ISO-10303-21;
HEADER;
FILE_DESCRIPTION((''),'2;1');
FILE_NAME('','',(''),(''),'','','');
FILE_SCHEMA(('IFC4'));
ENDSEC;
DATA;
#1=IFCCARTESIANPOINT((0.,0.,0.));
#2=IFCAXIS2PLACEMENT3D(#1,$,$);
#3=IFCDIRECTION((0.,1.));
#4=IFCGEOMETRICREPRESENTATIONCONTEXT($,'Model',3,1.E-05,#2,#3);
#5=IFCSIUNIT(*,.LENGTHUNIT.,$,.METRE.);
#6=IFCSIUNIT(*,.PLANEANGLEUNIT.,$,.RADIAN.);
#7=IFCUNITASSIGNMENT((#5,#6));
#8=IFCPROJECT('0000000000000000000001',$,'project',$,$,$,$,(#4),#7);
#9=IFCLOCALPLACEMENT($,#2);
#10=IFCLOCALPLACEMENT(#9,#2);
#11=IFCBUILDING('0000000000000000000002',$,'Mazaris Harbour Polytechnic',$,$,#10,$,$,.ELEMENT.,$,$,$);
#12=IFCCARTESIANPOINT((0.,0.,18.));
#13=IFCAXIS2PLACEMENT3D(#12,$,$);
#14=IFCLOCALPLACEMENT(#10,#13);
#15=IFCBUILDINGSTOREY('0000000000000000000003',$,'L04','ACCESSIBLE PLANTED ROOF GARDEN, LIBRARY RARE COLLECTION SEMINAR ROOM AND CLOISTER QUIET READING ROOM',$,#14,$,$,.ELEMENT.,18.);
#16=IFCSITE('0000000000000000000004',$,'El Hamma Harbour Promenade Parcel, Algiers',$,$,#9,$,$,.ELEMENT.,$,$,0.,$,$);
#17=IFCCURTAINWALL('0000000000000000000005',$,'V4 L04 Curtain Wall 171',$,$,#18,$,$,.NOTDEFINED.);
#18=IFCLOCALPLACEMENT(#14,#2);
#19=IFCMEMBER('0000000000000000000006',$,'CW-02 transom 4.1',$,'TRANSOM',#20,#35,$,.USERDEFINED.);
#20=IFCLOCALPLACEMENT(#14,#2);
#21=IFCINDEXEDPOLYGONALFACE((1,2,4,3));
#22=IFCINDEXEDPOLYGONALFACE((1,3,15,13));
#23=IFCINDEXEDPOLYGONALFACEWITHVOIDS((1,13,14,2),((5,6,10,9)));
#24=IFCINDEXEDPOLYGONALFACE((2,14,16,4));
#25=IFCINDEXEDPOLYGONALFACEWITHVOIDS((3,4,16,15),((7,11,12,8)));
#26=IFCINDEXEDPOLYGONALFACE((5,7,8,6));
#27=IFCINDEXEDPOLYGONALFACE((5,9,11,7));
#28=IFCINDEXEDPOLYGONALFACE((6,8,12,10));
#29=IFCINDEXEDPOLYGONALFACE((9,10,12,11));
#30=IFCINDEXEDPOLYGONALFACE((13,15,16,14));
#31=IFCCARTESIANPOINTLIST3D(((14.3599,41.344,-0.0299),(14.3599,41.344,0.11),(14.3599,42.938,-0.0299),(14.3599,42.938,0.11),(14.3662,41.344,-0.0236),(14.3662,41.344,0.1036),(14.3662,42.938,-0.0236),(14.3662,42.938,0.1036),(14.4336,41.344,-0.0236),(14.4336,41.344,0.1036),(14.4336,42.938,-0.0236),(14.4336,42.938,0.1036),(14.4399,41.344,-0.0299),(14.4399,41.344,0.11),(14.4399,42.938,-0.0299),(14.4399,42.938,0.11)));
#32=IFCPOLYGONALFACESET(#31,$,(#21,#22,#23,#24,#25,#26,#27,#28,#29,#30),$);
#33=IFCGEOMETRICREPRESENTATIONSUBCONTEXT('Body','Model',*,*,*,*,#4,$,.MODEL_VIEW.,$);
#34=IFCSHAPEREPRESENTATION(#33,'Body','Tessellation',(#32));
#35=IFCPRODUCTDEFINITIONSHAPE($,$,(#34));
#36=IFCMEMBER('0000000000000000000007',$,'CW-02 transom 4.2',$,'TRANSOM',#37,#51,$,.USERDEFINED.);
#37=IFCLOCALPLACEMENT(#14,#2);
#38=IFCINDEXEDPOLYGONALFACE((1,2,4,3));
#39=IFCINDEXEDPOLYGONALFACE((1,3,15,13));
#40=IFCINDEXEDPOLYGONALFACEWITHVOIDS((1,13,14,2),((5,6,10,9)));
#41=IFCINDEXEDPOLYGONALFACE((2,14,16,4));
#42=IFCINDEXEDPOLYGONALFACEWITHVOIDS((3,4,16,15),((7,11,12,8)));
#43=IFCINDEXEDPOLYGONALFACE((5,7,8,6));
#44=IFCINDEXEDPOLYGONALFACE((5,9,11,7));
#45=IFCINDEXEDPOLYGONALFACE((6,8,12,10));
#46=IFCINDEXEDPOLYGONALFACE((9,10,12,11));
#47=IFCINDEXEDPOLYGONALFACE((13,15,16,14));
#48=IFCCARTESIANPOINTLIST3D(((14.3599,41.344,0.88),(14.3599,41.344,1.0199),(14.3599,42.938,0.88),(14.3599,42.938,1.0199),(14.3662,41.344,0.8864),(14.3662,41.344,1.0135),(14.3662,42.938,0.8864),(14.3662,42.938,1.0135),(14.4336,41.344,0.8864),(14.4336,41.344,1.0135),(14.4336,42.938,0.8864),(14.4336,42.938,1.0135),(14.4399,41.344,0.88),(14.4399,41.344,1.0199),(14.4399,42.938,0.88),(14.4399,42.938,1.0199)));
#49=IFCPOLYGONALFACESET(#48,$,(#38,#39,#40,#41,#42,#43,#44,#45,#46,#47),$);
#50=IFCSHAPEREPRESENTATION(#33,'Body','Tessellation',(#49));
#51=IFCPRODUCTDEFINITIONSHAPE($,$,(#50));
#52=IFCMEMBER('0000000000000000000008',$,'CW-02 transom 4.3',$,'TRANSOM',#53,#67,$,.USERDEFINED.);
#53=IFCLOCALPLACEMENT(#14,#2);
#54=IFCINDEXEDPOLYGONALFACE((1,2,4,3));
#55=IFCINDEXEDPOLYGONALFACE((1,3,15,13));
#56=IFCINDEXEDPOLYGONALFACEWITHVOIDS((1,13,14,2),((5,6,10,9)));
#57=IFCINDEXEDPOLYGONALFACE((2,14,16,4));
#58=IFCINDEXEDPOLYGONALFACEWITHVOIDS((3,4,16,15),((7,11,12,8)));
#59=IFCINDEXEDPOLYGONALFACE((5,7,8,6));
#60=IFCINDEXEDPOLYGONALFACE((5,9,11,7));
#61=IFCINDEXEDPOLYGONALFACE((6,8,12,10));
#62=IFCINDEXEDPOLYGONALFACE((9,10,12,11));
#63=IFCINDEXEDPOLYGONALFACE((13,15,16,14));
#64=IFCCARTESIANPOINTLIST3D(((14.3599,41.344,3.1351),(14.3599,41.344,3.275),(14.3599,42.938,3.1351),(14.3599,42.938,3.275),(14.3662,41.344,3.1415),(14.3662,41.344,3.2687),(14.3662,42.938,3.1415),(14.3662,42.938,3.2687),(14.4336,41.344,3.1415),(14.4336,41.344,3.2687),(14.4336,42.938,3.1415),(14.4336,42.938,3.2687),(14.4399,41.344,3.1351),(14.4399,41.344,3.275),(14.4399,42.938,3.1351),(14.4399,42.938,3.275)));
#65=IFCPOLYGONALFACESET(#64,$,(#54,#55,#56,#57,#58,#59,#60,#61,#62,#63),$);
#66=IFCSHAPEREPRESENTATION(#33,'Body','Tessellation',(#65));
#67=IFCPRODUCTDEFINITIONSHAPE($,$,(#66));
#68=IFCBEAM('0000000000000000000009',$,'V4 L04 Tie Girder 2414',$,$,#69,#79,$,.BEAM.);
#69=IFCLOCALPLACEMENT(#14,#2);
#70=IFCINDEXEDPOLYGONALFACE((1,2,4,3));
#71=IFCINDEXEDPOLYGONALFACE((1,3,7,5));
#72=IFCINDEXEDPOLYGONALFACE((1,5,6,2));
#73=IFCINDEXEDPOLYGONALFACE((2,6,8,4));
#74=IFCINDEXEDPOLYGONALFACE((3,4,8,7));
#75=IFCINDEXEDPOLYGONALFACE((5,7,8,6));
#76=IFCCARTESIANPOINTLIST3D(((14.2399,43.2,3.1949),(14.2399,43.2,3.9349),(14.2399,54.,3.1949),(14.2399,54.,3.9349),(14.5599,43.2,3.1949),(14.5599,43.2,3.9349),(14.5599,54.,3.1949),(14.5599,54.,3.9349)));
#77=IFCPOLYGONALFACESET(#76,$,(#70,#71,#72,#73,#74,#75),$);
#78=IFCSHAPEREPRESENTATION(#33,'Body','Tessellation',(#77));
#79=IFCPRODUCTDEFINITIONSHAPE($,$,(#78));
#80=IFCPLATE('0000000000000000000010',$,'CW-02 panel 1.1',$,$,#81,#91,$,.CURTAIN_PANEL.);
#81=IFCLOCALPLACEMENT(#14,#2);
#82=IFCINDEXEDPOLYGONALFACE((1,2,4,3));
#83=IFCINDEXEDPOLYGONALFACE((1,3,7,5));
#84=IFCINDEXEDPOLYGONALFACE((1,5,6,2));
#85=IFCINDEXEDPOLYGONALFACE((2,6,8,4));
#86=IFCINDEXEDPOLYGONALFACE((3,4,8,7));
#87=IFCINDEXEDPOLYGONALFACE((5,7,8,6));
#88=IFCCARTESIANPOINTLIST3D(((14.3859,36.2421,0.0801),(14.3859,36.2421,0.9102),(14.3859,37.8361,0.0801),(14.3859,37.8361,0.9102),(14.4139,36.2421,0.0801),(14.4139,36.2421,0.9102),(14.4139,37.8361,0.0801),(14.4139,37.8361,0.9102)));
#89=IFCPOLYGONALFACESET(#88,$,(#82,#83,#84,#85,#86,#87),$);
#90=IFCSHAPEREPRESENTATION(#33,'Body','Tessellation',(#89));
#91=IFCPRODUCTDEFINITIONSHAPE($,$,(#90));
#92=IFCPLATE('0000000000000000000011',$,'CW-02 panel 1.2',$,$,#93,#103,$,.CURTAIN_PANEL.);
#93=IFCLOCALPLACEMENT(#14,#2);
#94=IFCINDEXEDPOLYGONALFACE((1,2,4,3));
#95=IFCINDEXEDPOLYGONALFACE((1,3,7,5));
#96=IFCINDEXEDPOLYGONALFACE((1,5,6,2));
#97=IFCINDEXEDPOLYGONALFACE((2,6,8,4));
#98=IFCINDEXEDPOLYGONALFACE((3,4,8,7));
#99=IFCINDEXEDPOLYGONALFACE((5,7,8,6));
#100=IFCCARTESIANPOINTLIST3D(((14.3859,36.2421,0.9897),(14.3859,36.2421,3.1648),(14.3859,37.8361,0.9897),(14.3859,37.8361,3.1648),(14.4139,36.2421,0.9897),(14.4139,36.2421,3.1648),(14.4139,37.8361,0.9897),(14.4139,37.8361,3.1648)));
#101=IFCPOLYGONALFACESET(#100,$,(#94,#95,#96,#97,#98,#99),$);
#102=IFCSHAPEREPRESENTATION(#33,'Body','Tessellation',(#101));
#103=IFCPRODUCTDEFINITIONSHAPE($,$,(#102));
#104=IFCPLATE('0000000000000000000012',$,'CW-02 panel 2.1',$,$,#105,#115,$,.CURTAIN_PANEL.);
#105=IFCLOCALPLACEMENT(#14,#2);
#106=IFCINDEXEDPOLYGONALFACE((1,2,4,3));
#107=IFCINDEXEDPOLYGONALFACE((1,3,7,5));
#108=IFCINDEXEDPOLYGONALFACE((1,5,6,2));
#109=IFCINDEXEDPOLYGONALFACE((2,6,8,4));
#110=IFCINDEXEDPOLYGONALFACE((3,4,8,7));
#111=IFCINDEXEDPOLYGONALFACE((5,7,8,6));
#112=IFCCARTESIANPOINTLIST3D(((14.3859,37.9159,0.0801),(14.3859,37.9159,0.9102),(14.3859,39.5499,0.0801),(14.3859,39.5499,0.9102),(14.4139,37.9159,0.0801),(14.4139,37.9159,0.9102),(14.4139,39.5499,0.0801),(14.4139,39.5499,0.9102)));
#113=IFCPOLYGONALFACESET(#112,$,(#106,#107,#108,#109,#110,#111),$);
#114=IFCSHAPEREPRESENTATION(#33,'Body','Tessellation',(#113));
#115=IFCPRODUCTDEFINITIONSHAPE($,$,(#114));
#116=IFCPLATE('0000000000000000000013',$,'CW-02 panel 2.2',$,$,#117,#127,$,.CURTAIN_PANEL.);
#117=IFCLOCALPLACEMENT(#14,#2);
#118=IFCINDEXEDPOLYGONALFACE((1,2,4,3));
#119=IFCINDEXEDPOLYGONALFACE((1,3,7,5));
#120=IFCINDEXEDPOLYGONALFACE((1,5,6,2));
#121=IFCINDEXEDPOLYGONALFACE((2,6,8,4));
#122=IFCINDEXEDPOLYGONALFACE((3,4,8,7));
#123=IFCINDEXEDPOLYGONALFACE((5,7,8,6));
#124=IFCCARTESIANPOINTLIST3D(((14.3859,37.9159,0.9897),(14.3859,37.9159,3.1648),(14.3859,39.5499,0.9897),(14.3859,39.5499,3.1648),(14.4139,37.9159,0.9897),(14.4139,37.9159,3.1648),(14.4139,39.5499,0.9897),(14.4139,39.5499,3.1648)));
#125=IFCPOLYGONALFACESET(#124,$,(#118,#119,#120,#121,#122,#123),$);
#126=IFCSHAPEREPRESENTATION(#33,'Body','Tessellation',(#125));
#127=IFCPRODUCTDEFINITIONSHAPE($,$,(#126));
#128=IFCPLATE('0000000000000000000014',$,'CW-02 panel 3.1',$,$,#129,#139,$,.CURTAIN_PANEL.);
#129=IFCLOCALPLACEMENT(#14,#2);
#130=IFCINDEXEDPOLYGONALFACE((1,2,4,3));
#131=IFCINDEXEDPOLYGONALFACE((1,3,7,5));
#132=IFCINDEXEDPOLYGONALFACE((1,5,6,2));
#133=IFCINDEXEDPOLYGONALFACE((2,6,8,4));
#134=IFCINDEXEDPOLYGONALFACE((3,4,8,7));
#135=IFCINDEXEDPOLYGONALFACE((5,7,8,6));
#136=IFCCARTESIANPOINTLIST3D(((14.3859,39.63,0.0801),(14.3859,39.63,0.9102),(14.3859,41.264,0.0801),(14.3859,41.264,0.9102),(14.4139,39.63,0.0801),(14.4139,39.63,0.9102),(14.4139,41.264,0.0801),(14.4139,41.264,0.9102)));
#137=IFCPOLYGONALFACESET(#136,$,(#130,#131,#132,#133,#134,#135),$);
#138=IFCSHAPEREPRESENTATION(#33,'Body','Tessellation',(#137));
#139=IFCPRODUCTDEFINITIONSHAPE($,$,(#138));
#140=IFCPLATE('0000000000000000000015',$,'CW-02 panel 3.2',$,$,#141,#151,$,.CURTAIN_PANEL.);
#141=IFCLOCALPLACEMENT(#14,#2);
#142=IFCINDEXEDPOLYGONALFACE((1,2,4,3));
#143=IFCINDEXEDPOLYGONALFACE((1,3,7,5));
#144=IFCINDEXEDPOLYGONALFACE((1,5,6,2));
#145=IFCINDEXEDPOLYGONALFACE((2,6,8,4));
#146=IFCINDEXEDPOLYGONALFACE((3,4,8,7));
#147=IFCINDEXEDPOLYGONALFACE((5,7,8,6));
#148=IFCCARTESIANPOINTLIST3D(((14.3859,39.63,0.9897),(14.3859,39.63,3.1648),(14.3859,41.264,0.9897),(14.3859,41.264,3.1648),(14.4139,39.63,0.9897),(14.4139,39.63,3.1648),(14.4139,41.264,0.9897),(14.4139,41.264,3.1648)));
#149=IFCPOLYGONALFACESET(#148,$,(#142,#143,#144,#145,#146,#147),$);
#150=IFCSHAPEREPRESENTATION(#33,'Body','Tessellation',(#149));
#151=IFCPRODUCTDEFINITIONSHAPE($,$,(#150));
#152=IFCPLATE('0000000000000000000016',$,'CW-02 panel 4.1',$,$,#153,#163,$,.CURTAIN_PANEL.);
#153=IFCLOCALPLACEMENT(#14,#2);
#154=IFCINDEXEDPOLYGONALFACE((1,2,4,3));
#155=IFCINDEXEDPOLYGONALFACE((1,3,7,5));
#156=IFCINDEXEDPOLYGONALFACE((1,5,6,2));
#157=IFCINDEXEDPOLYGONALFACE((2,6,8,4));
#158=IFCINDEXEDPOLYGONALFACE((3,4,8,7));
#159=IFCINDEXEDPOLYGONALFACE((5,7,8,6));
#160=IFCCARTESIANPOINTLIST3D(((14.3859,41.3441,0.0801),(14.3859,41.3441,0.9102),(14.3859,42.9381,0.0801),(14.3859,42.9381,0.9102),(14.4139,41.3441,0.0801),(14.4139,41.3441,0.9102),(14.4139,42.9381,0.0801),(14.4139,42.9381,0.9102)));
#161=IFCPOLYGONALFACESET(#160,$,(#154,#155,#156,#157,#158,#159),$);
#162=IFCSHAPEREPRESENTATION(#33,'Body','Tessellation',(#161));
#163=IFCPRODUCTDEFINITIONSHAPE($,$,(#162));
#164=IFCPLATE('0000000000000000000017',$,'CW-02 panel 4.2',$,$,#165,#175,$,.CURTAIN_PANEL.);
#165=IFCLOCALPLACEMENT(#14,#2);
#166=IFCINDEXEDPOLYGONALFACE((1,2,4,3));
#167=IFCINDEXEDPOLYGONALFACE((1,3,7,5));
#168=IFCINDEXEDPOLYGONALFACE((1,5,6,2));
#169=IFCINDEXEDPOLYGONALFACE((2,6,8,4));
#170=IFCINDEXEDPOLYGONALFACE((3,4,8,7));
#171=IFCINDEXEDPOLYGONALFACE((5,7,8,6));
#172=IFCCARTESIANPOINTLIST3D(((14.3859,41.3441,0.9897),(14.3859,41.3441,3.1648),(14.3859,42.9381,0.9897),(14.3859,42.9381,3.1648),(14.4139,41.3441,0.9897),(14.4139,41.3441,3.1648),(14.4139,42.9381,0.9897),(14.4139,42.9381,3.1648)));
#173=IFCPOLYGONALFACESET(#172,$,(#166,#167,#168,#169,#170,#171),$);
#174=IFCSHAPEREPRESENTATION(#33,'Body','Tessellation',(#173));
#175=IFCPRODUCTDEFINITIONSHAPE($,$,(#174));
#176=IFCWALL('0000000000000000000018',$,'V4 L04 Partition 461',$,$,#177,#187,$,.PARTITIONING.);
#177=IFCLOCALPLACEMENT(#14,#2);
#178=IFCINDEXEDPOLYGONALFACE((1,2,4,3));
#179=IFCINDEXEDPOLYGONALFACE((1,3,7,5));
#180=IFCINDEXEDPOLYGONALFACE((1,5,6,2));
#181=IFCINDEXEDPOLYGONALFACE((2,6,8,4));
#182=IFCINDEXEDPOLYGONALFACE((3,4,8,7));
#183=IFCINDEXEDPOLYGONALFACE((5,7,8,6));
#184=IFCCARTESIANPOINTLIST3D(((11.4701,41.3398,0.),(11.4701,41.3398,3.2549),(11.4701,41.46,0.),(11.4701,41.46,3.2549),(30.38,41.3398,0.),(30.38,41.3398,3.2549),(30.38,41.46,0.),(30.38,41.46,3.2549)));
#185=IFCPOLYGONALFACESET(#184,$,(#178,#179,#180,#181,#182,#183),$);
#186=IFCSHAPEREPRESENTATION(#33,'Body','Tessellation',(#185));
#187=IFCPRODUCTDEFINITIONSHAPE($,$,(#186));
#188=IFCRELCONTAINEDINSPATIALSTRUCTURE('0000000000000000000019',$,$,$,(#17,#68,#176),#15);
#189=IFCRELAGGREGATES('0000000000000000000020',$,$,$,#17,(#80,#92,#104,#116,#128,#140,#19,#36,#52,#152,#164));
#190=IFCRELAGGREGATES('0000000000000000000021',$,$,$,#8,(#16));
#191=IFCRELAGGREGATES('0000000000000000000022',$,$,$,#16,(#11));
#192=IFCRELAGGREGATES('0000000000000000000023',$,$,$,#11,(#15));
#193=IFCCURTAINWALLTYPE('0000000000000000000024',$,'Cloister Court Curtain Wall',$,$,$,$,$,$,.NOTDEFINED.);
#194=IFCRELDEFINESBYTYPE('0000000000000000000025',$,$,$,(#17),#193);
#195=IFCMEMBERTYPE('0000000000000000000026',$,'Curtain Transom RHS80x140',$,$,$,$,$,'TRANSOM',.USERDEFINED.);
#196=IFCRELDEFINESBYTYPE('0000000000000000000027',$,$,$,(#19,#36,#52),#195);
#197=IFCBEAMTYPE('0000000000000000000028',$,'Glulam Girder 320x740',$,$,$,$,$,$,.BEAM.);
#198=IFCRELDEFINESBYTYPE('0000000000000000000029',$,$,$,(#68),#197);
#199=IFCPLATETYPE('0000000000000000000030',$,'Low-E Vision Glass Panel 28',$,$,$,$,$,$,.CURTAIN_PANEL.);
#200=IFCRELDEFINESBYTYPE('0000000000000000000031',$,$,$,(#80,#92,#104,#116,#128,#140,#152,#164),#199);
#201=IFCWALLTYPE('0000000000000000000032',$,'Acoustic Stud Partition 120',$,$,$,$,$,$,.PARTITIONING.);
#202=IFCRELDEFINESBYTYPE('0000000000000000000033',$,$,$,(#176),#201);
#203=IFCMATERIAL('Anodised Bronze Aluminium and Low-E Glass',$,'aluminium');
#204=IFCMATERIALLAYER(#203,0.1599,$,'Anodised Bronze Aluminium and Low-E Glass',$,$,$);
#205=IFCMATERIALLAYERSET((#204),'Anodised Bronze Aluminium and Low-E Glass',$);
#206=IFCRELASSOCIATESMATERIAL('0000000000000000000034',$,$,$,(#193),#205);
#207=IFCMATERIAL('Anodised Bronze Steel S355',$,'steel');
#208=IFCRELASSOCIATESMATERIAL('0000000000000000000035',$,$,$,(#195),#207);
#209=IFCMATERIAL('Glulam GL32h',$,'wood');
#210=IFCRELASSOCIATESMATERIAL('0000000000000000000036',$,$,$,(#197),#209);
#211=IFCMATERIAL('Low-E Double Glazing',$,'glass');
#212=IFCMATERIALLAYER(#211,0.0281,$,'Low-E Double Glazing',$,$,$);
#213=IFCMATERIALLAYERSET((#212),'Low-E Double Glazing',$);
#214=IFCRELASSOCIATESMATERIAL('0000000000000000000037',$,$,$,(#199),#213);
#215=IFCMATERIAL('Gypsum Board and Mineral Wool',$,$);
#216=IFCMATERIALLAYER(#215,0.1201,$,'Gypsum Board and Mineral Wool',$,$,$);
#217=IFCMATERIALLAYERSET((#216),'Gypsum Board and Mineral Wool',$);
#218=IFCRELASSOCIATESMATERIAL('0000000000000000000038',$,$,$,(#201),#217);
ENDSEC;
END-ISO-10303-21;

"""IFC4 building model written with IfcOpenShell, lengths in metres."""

from ifc_helpers import new_model, si_unit, direction, frame, frame_2d, origin, origin_2d, place, context, subcontext, project, spatial, rectangle, hollow_rectangle, extrude, material, layer, layer_set, material_profile, profile_set, type_object, element, aggregate, save


model = new_model("IFC4")

# Units and contexts
model_context = context("Model", 3, precision=1e-05, world=origin(), true_north=direction((0.0, 1.0)))
body_context = subcontext(model_context, "Body", "Model", "MODEL_VIEW")
ifc_project = project(units=[si_unit("LENGTHUNIT", "METRE"), si_unit("PLANEANGLEUNIT", "RADIAN")], contexts=[model_context])

# Site, building, storey
site_placement = place(None, origin())
site = spatial("IfcSite", under=ifc_project, at=site_placement, Name="El Hamma Harbour Promenade Parcel, Algiers", CompositionType="ELEMENT", RefElevation=0.0)
building_placement = place(site_placement, origin())
building = spatial("IfcBuilding", under=site, at=building_placement, Name="Mazaris Harbour Polytechnic", CompositionType="ELEMENT")
storey_placement = place(building_placement, frame((0.0, 0.0, 18.0)))
storey = spatial("IfcBuildingStorey", under=building, at=storey_placement, Name="L04", Description="ACCESSIBLE PLANTED ROOF GARDEN, LIBRARY RARE COLLECTION SEMINAR ROOM AND CLOISTER QUIET READING ROOM", CompositionType="ELEMENT", Elevation=18.0)

# Curtain wall, members
ifc_material_1 = material(Name="Anodised Bronze Aluminium and Low-E Glass", Category="aluminium")
ifc_layer_1 = layer(ifc_material_1, 0.1599, Name="Anodised Bronze Aluminium and Low-E Glass")
ifc_layer_set_1 = layer_set([ifc_layer_1], Name="Anodised Bronze Aluminium and Low-E Glass")
curtain_wall_type = type_object("IfcCurtainWallType", Name="Cloister Court Curtain Wall", PredefinedType="NOTDEFINED", material=ifc_layer_set_1)
curtain_wall_placement = place(storey_placement, origin())
curtain_wall = element("IfcCurtainWall", 1, at=curtain_wall_placement, inside=storey, type_object=curtain_wall_type, Name="V4 L04 Curtain Wall 171", PredefinedType="NOTDEFINED")
ifc_material_2 = material(Name="Anodised Bronze Steel S355", Category="steel")
ifc_material_profile_1 = material_profile(ifc_material_2, hollow_rectangle(XDim=0.0801, YDim=0.1399, WallThickness=0.0063, at=origin_2d()), Name="RHS 80x140x6.3")
ifc_profile_set_1 = profile_set([ifc_material_profile_1], Name="Anodised Bronze Steel S355")
member_type_1 = type_object("IfcMemberType", Name="Curtain Transom RHS80x140", ElementType="TRANSOM", PredefinedType="USERDEFINED", material=ifc_profile_set_1)
member_1_placement = place(storey_placement, frame((14.3999, 41.344, 0.04), z_axis=(0.0, 1.0, 0.0), x_axis=(-1.0, 0.0, 0.0)))
member_1 = element("IfcMember", 2, at=member_1_placement, type_object=member_type_1, Name="CW-02 transom 4.1", ObjectType="TRANSOM", PredefinedType="USERDEFINED", context=body_context, shape_type="SweptSolid", body=[
    extrude(hollow_rectangle(XDim=0.0801, YDim=0.1399, WallThickness=0.0063, at=origin_2d()), origin(), (0.0, 0.0, 1.0), 1.594),
])
member_2_placement = place(storey_placement, frame((14.3999, 41.344, 0.95), z_axis=(0.0, 1.0, 0.0), x_axis=(-1.0, 0.0, 0.0)))
member_2 = element("IfcMember", 3, at=member_2_placement, type_object=member_type_1, Name="CW-02 transom 4.2", ObjectType="TRANSOM", PredefinedType="USERDEFINED", context=body_context, shape_type="SweptSolid", body=[
    extrude(hollow_rectangle(XDim=0.0801, YDim=0.1399, WallThickness=0.0063, at=origin_2d()), origin(), (0.0, 0.0, 1.0), 1.594),
])
member_3_placement = place(storey_placement, frame((14.3999, 41.344, 3.2051), z_axis=(0.0, 1.0, 0.0), x_axis=(-1.0, 0.0, 0.0)))
member_3 = element("IfcMember", 4, at=member_3_placement, type_object=member_type_1, Name="CW-02 transom 4.3", ObjectType="TRANSOM", PredefinedType="USERDEFINED", context=body_context, shape_type="SweptSolid", body=[
    extrude(hollow_rectangle(XDim=0.0801, YDim=0.1399, WallThickness=0.0063, at=origin_2d()), origin(), (0.0, 0.0, 1.0), 1.594),
])

# Beam
ifc_material_3 = material(Name="Glulam GL32h", Category="wood")
ifc_material_profile_2 = material_profile(ifc_material_3, rectangle(XDim=0.3201, YDim=0.74, at=origin_2d()), Name="RECT320x740")
ifc_profile_set_2 = profile_set([ifc_material_profile_2], Name="Glulam GL32h")
beam_type = type_object("IfcBeamType", Name="Glulam Girder 320x740", PredefinedType="BEAM", material=ifc_profile_set_2)
beam_placement = place(storey_placement, frame((14.3999, 43.2, 3.5649), z_axis=(0.0, 1.0, 0.0), x_axis=(-1.0, 0.0, 0.0)))
element("IfcBeam", 5, at=beam_placement, inside=storey, type_object=beam_type, Name="V4 L04 Tie Girder 2414", PredefinedType="BEAM", context=body_context, shape_type="SweptSolid", body=[
    extrude(rectangle(XDim=0.3201, YDim=0.74, at=origin_2d()), origin(), (0.0, 0.0, 1.0), 10.8),
])

# Plates
ifc_material_4 = material(Name="Low-E Double Glazing", Category="glass")
ifc_layer_2 = layer(ifc_material_4, 0.0281, Name="Low-E Double Glazing")
ifc_layer_set_2 = layer_set([ifc_layer_2], Name="Low-E Double Glazing")
plate_type = type_object("IfcPlateType", Name="Low-E Vision Glass Panel 28", PredefinedType="CURTAIN_PANEL", material=ifc_layer_set_2)
plate_1_placement = place(storey_placement, frame((14.3999, 37.0391, 0.0801), z_axis=(0.0, 0.0, 1.0), x_axis=(0.0, 1.0, 0.0)))
plate_1 = element("IfcPlate", 6, at=plate_1_placement, type_object=plate_type, Name="CW-02 panel 1.1", PredefinedType="CURTAIN_PANEL", context=body_context, shape_type="SweptSolid", body=[
    extrude(rectangle(XDim=1.594, YDim=0.0281, at=origin_2d()), origin(), (0.0, 0.0, 1.0), 0.8301),
])
plate_2_placement = place(storey_placement, frame((14.3999, 37.0391, 0.9897), z_axis=(0.0, 0.0, 1.0), x_axis=(0.0, 1.0, 0.0)))
plate_2 = element("IfcPlate", 7, at=plate_2_placement, type_object=plate_type, Name="CW-02 panel 1.2", PredefinedType="CURTAIN_PANEL", context=body_context, shape_type="SweptSolid", body=[
    extrude(rectangle(XDim=1.594, YDim=0.0281, at=origin_2d()), origin(), (0.0, 0.0, 1.0), 2.175),
])
plate_3_placement = place(storey_placement, frame((14.3999, 38.7329, 0.0801), z_axis=(0.0, 0.0, 1.0), x_axis=(0.0, 1.0, 0.0)))
plate_3 = element("IfcPlate", 8, at=plate_3_placement, type_object=plate_type, Name="CW-02 panel 2.1", PredefinedType="CURTAIN_PANEL", context=body_context, shape_type="SweptSolid", body=[
    extrude(rectangle(XDim=1.634, YDim=0.0281, at=origin_2d()), origin(), (0.0, 0.0, 1.0), 0.8301),
])
plate_4_placement = place(storey_placement, frame((14.3999, 38.7329, 0.9897), z_axis=(0.0, 0.0, 1.0), x_axis=(0.0, 1.0, 0.0)))
plate_4 = element("IfcPlate", 9, at=plate_4_placement, type_object=plate_type, Name="CW-02 panel 2.2", PredefinedType="CURTAIN_PANEL", context=body_context, shape_type="SweptSolid", body=[
    extrude(rectangle(XDim=1.634, YDim=0.0281, at=origin_2d()), origin(), (0.0, 0.0, 1.0), 2.175),
])
plate_5_placement = place(storey_placement, frame((14.3999, 40.447, 0.0801), z_axis=(0.0, 0.0, 1.0), x_axis=(0.0, 1.0, 0.0)))
plate_5 = element("IfcPlate", 10, at=plate_5_placement, type_object=plate_type, Name="CW-02 panel 3.1", PredefinedType="CURTAIN_PANEL", context=body_context, shape_type="SweptSolid", body=[
    extrude(rectangle(XDim=1.634, YDim=0.0281, at=origin_2d()), origin(), (0.0, 0.0, 1.0), 0.8301),
])
plate_6_placement = place(storey_placement, frame((14.3999, 40.447, 0.9897), z_axis=(0.0, 0.0, 1.0), x_axis=(0.0, 1.0, 0.0)))
plate_6 = element("IfcPlate", 11, at=plate_6_placement, type_object=plate_type, Name="CW-02 panel 3.2", PredefinedType="CURTAIN_PANEL", context=body_context, shape_type="SweptSolid", body=[
    extrude(rectangle(XDim=1.634, YDim=0.0281, at=origin_2d()), origin(), (0.0, 0.0, 1.0), 2.175),
])
plate_7_placement = place(storey_placement, frame((14.3999, 42.1411, 0.0801), z_axis=(0.0, 0.0, 1.0), x_axis=(0.0, 1.0, 0.0)))
plate_7 = element("IfcPlate", 12, at=plate_7_placement, type_object=plate_type, Name="CW-02 panel 4.1", PredefinedType="CURTAIN_PANEL", context=body_context, shape_type="SweptSolid", body=[
    extrude(rectangle(XDim=1.594, YDim=0.0281, at=origin_2d()), origin(), (0.0, 0.0, 1.0), 0.8301),
])
plate_8_placement = place(storey_placement, frame((14.3999, 42.1411, 0.9897), z_axis=(0.0, 0.0, 1.0), x_axis=(0.0, 1.0, 0.0)))
plate_8 = element("IfcPlate", 13, at=plate_8_placement, type_object=plate_type, Name="CW-02 panel 4.2", PredefinedType="CURTAIN_PANEL", context=body_context, shape_type="SweptSolid", body=[
    extrude(rectangle(XDim=1.594, YDim=0.0281, at=origin_2d()), origin(), (0.0, 0.0, 1.0), 2.175),
])
aggregate(curtain_wall, [plate_1, plate_2, plate_3, plate_4, plate_5, plate_6, member_1, member_2, member_3, plate_7, plate_8])

# Wall
ifc_material_5 = material(Name="Gypsum Board and Mineral Wool")
ifc_layer_3 = layer(ifc_material_5, 0.1201, Name="Gypsum Board and Mineral Wool")
ifc_layer_set_3 = layer_set([ifc_layer_3], Name="Gypsum Board and Mineral Wool")
wall_type_1 = type_object("IfcWallType", Name="Acoustic Stud Partition 120", PredefinedType="PARTITIONING", material=ifc_layer_set_3)
wall_1_placement = place(storey_placement, frame((11.47, 41.3999, 0.0), z_axis=(0.0, 0.0, 1.0), x_axis=(1.0, 0.0, 0.0)))
element("IfcWall", 14, at=wall_1_placement, inside=storey, type_object=wall_type_1, Name="V4 L04 Partition 461", PredefinedType="PARTITIONING", context=body_context, shape_type="SweptSolid", body=[
    extrude(rectangle(XDim=18.9099, YDim=0.1201, at=frame_2d((9.4551, 0.0))), origin(), (0.0, 0.0, 1.0), 3.2549),
])

save(model, "model.ifc")
